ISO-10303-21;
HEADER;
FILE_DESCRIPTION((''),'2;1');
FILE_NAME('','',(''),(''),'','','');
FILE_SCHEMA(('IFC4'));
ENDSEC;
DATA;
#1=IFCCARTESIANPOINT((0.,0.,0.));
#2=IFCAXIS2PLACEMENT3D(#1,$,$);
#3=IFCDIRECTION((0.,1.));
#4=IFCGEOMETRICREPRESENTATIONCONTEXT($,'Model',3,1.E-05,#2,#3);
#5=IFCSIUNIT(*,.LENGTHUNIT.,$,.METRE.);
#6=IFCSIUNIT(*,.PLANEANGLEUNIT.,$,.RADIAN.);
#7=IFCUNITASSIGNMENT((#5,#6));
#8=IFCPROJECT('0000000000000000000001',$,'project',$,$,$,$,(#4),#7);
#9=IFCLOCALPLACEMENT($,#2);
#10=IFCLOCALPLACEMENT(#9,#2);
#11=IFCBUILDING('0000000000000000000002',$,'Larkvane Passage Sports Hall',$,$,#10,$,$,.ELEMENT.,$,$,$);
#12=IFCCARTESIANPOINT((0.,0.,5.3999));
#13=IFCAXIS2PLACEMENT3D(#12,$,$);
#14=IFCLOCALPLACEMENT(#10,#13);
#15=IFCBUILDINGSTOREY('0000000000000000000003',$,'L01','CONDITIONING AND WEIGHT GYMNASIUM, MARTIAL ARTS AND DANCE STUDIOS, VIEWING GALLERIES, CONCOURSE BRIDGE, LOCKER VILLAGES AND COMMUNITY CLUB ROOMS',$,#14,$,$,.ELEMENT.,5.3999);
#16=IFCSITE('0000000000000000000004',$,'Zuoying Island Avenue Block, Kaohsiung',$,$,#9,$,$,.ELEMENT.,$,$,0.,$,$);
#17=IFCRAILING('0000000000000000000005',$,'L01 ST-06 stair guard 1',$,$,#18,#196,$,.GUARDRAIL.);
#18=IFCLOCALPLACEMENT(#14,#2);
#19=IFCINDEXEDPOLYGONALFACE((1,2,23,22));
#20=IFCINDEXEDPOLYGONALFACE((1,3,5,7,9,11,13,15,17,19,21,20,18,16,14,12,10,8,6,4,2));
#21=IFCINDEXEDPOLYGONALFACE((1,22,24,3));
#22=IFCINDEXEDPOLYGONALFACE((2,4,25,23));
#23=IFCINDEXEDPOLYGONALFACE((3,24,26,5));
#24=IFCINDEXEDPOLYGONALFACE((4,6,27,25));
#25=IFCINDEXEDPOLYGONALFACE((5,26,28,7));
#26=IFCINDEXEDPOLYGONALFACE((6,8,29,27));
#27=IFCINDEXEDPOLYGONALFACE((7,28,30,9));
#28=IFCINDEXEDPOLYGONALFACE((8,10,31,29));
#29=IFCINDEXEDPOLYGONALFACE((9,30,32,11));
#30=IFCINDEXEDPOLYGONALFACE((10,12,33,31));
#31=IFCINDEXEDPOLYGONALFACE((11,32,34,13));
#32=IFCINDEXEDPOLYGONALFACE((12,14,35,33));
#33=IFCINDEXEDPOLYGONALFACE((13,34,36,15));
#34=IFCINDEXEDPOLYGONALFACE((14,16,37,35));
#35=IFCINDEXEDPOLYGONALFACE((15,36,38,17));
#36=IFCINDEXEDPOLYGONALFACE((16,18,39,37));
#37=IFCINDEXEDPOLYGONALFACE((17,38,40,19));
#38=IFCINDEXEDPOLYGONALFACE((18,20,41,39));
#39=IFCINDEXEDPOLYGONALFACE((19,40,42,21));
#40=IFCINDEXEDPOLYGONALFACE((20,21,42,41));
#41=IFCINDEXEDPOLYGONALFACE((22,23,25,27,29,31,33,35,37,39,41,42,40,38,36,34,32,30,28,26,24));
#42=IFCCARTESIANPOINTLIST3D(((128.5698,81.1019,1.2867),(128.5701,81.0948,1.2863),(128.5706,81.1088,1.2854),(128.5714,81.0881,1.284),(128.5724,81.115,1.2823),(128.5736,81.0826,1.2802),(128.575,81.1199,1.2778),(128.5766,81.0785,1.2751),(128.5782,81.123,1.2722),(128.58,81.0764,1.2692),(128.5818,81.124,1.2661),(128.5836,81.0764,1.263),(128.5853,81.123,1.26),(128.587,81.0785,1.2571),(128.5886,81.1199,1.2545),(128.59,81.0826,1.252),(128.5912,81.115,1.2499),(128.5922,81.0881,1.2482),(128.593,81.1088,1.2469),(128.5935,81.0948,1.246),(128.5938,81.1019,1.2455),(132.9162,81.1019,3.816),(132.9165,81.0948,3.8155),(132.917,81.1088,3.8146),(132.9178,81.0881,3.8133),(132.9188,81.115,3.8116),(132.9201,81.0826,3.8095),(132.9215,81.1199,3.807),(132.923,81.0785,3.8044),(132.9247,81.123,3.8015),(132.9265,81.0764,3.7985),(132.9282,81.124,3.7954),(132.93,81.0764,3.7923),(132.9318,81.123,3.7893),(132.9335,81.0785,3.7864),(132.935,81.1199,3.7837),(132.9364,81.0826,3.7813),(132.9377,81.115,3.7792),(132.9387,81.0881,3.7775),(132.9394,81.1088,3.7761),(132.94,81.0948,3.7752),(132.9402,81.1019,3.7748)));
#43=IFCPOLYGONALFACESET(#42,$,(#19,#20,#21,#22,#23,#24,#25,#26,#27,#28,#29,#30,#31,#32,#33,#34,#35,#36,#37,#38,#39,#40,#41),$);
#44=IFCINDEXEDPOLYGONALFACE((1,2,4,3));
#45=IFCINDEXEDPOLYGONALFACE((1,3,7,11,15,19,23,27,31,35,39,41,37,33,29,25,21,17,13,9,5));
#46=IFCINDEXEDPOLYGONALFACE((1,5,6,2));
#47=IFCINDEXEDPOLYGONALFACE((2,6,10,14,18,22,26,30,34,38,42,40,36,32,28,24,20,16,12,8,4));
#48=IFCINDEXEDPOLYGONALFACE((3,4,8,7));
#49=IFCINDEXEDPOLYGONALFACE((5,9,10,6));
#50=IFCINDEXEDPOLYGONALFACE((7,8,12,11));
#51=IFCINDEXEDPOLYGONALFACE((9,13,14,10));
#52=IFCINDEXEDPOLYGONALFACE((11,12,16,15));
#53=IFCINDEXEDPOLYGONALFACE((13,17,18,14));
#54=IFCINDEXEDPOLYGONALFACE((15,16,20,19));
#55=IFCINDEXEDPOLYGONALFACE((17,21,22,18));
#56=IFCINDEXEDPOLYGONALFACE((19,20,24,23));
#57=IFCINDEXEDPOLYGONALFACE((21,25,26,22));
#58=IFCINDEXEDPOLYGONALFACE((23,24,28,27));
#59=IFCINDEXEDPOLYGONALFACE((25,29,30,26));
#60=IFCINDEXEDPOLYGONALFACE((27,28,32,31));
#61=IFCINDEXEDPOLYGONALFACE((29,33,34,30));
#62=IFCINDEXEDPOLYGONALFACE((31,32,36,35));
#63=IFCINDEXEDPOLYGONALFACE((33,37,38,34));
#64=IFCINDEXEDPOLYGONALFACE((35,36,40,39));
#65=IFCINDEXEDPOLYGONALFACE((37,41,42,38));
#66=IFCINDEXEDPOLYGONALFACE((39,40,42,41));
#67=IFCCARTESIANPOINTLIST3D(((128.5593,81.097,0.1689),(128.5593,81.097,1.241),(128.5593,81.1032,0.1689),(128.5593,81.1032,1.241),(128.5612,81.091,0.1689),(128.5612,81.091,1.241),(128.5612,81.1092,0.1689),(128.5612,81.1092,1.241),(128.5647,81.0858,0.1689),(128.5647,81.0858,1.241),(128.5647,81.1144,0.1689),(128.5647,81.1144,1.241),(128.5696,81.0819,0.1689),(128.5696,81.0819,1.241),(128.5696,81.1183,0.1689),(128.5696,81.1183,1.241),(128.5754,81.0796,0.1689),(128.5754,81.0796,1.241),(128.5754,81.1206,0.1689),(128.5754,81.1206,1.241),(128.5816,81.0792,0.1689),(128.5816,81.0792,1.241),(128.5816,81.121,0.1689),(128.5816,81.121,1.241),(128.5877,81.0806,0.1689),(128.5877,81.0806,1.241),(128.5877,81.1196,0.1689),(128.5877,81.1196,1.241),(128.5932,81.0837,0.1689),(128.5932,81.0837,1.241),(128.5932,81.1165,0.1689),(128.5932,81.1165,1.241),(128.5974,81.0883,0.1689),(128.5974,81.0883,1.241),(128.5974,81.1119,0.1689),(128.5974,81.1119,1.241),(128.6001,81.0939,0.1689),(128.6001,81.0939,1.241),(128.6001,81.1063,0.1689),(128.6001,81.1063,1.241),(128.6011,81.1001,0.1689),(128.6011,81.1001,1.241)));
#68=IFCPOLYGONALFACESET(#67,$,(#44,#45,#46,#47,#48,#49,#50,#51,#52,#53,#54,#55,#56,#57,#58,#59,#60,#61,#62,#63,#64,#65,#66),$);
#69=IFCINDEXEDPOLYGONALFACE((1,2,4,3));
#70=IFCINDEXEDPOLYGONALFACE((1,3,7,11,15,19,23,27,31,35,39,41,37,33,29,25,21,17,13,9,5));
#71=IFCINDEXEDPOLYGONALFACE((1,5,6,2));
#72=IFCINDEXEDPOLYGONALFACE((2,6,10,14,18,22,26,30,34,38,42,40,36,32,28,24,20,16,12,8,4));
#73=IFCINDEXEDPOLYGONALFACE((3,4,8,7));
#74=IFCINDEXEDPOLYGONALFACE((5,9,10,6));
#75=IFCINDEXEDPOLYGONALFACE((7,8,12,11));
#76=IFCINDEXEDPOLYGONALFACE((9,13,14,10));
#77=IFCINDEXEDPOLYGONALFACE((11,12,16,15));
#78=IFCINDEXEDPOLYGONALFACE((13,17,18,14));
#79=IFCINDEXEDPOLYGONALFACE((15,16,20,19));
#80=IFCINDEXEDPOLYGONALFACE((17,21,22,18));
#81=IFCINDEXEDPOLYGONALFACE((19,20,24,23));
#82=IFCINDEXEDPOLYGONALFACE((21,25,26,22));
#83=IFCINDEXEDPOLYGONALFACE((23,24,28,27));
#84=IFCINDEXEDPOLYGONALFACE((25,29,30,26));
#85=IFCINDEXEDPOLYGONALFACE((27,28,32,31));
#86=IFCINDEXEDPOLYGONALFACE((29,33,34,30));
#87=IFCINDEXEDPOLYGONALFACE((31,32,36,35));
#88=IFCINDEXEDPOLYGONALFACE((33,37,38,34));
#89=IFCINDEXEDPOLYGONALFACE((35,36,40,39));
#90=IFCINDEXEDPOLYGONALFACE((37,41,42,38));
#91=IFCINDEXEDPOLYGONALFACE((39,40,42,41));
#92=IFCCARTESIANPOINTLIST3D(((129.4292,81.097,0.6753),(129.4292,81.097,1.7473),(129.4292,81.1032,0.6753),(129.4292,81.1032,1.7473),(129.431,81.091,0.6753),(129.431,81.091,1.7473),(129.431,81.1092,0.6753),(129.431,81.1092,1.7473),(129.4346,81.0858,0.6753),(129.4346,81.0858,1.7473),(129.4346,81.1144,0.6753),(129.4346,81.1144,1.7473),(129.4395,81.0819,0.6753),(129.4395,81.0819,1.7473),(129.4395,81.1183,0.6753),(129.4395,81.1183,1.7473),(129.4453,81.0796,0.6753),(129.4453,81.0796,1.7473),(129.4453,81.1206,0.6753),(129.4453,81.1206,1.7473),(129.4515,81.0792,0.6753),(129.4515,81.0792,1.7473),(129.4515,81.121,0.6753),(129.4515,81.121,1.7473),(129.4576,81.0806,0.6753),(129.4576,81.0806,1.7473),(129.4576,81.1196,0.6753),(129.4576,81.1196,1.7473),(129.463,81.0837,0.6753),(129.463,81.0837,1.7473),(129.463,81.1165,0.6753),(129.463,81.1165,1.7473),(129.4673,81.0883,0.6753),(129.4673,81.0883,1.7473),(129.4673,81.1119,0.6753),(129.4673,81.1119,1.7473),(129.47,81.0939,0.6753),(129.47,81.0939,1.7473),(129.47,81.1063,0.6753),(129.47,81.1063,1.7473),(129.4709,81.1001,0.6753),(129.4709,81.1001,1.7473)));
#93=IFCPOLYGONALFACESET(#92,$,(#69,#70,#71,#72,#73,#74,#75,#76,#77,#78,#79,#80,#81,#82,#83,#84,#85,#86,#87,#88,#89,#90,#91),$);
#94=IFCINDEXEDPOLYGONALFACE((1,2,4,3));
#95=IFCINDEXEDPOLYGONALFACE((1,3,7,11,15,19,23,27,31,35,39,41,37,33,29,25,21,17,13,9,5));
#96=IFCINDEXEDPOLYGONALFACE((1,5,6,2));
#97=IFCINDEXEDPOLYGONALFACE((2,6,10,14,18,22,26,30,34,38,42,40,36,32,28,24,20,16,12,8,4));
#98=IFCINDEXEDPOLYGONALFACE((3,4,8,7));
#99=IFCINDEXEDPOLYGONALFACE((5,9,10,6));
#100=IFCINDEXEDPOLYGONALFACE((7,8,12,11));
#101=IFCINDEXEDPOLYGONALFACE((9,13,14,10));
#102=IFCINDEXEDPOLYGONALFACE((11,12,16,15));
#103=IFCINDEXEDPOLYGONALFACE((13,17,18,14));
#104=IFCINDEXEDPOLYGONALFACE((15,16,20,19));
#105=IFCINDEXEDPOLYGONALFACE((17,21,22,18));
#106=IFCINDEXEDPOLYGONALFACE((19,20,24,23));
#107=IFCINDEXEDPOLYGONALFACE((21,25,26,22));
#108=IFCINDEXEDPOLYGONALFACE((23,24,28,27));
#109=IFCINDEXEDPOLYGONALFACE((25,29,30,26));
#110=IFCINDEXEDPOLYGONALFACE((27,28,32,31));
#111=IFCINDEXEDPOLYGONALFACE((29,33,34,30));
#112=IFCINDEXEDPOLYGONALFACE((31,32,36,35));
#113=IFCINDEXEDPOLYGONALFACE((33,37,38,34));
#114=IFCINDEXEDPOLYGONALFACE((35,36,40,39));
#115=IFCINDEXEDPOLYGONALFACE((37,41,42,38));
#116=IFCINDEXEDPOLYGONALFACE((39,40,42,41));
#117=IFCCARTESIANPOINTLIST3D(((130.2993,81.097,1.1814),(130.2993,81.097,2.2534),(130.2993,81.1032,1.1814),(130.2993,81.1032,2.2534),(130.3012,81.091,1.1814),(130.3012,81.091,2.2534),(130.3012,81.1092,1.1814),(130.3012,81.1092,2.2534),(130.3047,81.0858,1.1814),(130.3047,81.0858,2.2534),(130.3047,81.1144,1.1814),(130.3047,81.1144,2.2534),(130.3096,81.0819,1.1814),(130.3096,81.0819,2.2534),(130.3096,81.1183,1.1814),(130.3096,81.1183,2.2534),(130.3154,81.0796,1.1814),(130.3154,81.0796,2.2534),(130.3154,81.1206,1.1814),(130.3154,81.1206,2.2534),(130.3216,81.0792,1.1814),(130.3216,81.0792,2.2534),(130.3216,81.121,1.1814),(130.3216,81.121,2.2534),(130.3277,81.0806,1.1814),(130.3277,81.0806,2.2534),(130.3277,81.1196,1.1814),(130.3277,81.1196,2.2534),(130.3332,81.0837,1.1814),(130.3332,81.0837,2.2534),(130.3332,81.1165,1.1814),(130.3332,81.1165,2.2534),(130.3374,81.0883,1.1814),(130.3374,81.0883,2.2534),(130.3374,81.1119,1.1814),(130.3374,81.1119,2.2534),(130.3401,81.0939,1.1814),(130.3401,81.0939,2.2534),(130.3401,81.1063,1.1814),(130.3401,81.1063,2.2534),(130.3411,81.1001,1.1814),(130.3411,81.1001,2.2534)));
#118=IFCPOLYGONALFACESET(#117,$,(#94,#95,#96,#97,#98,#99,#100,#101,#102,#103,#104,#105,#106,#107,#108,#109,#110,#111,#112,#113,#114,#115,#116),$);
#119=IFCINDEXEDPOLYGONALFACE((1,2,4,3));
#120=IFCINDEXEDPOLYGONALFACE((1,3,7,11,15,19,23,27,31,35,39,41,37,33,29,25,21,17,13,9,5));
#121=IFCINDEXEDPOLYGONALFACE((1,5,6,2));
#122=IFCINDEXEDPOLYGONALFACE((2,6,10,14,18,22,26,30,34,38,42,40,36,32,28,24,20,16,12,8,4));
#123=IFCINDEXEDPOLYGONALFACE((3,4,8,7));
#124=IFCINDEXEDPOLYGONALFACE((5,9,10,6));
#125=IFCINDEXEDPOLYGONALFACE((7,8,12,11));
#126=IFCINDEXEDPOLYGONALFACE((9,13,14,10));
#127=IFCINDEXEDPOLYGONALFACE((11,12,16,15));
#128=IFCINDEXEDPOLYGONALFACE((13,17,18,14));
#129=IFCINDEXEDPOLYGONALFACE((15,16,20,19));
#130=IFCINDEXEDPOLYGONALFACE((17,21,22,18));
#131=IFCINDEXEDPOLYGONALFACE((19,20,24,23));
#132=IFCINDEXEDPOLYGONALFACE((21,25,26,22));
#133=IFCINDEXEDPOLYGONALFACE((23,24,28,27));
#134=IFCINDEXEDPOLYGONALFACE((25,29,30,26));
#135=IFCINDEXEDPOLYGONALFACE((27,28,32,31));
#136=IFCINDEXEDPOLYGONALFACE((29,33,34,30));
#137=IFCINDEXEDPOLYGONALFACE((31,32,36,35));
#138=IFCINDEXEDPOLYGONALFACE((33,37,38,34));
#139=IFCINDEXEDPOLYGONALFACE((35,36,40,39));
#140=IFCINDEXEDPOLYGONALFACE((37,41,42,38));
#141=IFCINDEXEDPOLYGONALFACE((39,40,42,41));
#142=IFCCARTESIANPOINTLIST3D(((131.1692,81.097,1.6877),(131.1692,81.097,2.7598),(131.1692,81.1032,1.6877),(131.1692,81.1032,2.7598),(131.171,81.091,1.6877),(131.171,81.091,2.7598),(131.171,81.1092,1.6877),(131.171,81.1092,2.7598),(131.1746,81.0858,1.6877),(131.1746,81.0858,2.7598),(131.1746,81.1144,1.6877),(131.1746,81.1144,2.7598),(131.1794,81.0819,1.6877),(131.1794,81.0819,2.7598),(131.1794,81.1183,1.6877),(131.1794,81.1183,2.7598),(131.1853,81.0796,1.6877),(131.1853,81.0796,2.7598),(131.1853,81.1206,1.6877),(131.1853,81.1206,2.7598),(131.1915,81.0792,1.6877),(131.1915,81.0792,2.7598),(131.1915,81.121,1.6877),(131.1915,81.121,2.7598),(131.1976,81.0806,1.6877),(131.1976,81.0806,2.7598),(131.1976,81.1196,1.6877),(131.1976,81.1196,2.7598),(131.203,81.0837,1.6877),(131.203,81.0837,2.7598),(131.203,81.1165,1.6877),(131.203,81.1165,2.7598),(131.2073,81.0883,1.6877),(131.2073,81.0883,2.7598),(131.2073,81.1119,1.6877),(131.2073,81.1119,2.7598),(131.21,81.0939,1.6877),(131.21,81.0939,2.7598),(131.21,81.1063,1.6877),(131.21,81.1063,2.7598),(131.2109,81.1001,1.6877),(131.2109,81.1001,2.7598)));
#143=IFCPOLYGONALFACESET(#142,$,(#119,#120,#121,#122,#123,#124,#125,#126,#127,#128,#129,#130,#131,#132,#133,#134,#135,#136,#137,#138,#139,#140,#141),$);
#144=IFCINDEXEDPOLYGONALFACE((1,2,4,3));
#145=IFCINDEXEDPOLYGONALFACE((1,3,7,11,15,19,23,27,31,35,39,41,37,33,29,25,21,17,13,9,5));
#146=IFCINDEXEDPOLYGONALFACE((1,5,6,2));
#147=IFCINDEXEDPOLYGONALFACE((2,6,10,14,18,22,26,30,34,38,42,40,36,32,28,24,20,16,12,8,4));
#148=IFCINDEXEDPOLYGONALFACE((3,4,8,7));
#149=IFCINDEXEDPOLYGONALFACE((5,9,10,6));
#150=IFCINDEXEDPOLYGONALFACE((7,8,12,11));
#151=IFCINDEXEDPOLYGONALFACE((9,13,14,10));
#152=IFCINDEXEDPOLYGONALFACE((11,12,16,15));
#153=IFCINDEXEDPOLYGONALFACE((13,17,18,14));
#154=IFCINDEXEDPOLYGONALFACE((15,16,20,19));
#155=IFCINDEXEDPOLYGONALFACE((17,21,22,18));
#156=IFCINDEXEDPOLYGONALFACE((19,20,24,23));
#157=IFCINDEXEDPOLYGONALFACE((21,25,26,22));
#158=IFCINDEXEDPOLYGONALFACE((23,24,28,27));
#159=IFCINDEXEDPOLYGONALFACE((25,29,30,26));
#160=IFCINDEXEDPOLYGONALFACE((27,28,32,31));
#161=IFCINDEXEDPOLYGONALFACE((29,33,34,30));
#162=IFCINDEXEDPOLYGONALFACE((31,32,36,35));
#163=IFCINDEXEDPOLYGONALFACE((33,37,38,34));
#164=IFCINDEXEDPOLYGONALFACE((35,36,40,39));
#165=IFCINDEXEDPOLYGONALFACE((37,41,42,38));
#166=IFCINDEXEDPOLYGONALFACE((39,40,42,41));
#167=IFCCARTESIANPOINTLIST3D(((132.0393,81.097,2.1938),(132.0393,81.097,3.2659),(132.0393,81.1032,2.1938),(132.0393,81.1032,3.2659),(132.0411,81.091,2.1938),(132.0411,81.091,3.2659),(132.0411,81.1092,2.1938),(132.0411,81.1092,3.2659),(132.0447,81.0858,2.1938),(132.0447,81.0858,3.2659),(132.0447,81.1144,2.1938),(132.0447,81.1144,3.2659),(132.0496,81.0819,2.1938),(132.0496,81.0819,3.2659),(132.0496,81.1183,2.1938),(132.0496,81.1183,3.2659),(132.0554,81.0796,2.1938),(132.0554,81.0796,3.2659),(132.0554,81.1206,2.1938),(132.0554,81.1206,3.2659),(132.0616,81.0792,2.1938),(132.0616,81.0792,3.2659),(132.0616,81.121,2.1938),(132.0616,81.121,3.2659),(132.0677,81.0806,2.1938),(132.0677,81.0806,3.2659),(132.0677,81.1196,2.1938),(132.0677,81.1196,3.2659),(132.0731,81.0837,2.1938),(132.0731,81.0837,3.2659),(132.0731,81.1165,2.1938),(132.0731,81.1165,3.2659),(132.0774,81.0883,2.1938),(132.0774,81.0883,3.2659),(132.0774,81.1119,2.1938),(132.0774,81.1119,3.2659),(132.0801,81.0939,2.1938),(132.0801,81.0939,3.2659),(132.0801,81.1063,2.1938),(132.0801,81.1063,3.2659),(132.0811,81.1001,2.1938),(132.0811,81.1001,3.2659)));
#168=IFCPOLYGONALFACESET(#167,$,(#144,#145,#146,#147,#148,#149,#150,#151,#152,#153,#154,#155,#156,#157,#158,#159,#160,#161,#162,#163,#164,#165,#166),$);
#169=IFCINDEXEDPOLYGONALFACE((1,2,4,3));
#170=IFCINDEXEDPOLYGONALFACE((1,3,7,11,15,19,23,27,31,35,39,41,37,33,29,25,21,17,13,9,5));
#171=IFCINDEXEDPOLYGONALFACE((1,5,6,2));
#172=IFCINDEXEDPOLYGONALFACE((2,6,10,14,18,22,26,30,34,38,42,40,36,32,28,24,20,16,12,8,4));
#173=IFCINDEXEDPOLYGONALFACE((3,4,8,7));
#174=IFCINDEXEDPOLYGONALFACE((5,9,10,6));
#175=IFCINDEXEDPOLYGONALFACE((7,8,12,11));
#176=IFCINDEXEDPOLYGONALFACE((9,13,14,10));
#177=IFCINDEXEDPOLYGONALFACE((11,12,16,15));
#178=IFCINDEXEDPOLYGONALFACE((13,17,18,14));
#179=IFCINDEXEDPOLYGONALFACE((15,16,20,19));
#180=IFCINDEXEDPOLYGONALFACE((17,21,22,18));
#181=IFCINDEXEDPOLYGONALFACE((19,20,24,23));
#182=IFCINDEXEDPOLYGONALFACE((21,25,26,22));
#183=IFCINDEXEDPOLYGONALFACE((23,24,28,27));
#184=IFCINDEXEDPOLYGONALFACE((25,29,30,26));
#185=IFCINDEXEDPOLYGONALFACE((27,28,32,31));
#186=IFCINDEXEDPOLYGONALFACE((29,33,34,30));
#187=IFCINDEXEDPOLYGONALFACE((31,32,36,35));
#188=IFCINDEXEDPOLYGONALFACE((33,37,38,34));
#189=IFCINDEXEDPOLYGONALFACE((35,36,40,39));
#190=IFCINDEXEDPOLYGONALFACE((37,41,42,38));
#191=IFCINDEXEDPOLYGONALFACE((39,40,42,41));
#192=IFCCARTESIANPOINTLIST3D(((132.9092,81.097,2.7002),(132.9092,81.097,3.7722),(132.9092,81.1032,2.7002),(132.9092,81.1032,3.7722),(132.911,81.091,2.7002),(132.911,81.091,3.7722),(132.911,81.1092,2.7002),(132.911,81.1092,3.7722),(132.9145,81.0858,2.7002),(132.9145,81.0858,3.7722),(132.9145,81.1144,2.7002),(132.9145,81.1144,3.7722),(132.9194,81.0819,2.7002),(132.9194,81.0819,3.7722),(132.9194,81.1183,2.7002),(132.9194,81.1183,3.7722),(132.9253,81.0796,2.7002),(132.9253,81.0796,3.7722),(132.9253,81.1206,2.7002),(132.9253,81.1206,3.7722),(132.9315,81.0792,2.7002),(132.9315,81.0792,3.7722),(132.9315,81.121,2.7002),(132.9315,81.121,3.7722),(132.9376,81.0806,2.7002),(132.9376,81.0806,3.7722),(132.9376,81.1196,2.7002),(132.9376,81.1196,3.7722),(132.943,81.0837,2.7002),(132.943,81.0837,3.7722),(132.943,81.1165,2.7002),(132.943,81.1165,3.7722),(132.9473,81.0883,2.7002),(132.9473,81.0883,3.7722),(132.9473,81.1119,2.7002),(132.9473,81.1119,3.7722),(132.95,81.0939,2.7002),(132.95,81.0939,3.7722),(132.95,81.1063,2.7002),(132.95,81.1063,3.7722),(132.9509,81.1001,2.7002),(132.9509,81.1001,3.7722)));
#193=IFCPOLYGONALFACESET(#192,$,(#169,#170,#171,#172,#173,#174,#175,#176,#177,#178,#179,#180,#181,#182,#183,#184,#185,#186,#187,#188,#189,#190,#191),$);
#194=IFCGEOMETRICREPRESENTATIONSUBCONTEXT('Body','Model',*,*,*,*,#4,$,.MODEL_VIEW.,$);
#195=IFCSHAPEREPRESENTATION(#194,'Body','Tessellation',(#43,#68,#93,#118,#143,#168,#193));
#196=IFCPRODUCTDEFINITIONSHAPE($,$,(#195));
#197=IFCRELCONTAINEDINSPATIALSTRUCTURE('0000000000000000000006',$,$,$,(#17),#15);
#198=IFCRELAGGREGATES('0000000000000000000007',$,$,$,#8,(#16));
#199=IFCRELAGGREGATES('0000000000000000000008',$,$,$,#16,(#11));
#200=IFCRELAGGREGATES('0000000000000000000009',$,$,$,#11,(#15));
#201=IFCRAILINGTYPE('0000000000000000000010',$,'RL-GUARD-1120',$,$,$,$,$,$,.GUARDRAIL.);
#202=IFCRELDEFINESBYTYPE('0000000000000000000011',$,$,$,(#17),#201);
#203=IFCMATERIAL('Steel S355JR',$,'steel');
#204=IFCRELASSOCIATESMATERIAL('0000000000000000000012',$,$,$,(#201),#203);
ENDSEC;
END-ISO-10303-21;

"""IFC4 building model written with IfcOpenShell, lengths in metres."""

from ifc_helpers import new_model, si_unit, direction, frame, origin, origin_2d, place, context, subcontext, project, spatial, circle, extrude, material, type_object, element, save


model = new_model("IFC4")

# Units and contexts
model_context = context("Model", 3, precision=1e-05, world=origin(), true_north=direction((0.0, 1.0)))
body_context = subcontext(model_context, "Body", "Model", "MODEL_VIEW")
ifc_project = project(units=[si_unit("LENGTHUNIT", "METRE"), si_unit("PLANEANGLEUNIT", "RADIAN")], contexts=[model_context])

# Site, building, storey
site_placement = place(None, origin())
site = spatial("IfcSite", under=ifc_project, at=site_placement, Name="Zuoying Island Avenue Block, Kaohsiung", CompositionType="ELEMENT", RefElevation=0.0)
building_placement = place(site_placement, origin())
building = spatial("IfcBuilding", under=site, at=building_placement, Name="Larkvane Passage Sports Hall", CompositionType="ELEMENT")
storey_placement = place(building_placement, frame((0.0, 0.0, 5.3999)))
storey = spatial("IfcBuildingStorey", under=building, at=storey_placement, Name="L01", Description="CONDITIONING AND WEIGHT GYMNASIUM, MARTIAL ARTS AND DANCE STUDIOS, VIEWING GALLERIES, CONCOURSE BRIDGE, LOCKER VILLAGES AND COMMUNITY CLUB ROOMS", CompositionType="ELEMENT", Elevation=5.3999)

# Shared definitions
ifc_material_1 = material(Name="Steel S355JR", Category="steel")

# Railing
railing_type_1 = type_object("IfcRailingType", Name="RL-GUARD-1120", PredefinedType="GUARDRAIL", material=ifc_material_1)
railing_1_placement = place(storey_placement, frame((128.5801, 81.1001, 0.1689)))
element("IfcRailing", 1, at=railing_1_placement, inside=storey, type_object=railing_type_1, Name="L01 ST-06 stair guard 1", PredefinedType="GUARDRAIL", context=body_context, shape_type="SweptSolid", body=[
    extrude(circle(Radius=0.0239, at=origin_2d()), frame((0.0017, 0.0, 1.0972), z_axis=(0.864312, 0.0, 0.502957), x_axis=(0.0, 1.0, 0.0)), (0.0, 0.0, 1.0), 5.0288),
    extrude(circle(Radius=0.021, at=origin_2d()), origin(), (0.0, 0.0, 1.0), 1.072),
    extrude(circle(Radius=0.021, at=origin_2d()), frame((0.8699, 0.0, 0.5063)), (0.0, 0.0, 1.0), 1.072),
    extrude(circle(Radius=0.021, at=origin_2d()), frame((1.74, 0.0, 1.0125)), (0.0, 0.0, 1.0), 1.072),
    extrude(circle(Radius=0.021, at=origin_2d()), frame((2.6099, 0.0, 1.5188)), (0.0, 0.0, 1.0), 1.072),
    extrude(circle(Radius=0.021, at=origin_2d()), frame((3.48, 0.0, 2.0249)), (0.0, 0.0, 1.0), 1.072),
    extrude(circle(Radius=0.021, at=origin_2d()), frame((4.3499, 0.0, 2.5312)), (0.0, 0.0, 1.0), 1.072),
])

save(model, "model.ifc")
